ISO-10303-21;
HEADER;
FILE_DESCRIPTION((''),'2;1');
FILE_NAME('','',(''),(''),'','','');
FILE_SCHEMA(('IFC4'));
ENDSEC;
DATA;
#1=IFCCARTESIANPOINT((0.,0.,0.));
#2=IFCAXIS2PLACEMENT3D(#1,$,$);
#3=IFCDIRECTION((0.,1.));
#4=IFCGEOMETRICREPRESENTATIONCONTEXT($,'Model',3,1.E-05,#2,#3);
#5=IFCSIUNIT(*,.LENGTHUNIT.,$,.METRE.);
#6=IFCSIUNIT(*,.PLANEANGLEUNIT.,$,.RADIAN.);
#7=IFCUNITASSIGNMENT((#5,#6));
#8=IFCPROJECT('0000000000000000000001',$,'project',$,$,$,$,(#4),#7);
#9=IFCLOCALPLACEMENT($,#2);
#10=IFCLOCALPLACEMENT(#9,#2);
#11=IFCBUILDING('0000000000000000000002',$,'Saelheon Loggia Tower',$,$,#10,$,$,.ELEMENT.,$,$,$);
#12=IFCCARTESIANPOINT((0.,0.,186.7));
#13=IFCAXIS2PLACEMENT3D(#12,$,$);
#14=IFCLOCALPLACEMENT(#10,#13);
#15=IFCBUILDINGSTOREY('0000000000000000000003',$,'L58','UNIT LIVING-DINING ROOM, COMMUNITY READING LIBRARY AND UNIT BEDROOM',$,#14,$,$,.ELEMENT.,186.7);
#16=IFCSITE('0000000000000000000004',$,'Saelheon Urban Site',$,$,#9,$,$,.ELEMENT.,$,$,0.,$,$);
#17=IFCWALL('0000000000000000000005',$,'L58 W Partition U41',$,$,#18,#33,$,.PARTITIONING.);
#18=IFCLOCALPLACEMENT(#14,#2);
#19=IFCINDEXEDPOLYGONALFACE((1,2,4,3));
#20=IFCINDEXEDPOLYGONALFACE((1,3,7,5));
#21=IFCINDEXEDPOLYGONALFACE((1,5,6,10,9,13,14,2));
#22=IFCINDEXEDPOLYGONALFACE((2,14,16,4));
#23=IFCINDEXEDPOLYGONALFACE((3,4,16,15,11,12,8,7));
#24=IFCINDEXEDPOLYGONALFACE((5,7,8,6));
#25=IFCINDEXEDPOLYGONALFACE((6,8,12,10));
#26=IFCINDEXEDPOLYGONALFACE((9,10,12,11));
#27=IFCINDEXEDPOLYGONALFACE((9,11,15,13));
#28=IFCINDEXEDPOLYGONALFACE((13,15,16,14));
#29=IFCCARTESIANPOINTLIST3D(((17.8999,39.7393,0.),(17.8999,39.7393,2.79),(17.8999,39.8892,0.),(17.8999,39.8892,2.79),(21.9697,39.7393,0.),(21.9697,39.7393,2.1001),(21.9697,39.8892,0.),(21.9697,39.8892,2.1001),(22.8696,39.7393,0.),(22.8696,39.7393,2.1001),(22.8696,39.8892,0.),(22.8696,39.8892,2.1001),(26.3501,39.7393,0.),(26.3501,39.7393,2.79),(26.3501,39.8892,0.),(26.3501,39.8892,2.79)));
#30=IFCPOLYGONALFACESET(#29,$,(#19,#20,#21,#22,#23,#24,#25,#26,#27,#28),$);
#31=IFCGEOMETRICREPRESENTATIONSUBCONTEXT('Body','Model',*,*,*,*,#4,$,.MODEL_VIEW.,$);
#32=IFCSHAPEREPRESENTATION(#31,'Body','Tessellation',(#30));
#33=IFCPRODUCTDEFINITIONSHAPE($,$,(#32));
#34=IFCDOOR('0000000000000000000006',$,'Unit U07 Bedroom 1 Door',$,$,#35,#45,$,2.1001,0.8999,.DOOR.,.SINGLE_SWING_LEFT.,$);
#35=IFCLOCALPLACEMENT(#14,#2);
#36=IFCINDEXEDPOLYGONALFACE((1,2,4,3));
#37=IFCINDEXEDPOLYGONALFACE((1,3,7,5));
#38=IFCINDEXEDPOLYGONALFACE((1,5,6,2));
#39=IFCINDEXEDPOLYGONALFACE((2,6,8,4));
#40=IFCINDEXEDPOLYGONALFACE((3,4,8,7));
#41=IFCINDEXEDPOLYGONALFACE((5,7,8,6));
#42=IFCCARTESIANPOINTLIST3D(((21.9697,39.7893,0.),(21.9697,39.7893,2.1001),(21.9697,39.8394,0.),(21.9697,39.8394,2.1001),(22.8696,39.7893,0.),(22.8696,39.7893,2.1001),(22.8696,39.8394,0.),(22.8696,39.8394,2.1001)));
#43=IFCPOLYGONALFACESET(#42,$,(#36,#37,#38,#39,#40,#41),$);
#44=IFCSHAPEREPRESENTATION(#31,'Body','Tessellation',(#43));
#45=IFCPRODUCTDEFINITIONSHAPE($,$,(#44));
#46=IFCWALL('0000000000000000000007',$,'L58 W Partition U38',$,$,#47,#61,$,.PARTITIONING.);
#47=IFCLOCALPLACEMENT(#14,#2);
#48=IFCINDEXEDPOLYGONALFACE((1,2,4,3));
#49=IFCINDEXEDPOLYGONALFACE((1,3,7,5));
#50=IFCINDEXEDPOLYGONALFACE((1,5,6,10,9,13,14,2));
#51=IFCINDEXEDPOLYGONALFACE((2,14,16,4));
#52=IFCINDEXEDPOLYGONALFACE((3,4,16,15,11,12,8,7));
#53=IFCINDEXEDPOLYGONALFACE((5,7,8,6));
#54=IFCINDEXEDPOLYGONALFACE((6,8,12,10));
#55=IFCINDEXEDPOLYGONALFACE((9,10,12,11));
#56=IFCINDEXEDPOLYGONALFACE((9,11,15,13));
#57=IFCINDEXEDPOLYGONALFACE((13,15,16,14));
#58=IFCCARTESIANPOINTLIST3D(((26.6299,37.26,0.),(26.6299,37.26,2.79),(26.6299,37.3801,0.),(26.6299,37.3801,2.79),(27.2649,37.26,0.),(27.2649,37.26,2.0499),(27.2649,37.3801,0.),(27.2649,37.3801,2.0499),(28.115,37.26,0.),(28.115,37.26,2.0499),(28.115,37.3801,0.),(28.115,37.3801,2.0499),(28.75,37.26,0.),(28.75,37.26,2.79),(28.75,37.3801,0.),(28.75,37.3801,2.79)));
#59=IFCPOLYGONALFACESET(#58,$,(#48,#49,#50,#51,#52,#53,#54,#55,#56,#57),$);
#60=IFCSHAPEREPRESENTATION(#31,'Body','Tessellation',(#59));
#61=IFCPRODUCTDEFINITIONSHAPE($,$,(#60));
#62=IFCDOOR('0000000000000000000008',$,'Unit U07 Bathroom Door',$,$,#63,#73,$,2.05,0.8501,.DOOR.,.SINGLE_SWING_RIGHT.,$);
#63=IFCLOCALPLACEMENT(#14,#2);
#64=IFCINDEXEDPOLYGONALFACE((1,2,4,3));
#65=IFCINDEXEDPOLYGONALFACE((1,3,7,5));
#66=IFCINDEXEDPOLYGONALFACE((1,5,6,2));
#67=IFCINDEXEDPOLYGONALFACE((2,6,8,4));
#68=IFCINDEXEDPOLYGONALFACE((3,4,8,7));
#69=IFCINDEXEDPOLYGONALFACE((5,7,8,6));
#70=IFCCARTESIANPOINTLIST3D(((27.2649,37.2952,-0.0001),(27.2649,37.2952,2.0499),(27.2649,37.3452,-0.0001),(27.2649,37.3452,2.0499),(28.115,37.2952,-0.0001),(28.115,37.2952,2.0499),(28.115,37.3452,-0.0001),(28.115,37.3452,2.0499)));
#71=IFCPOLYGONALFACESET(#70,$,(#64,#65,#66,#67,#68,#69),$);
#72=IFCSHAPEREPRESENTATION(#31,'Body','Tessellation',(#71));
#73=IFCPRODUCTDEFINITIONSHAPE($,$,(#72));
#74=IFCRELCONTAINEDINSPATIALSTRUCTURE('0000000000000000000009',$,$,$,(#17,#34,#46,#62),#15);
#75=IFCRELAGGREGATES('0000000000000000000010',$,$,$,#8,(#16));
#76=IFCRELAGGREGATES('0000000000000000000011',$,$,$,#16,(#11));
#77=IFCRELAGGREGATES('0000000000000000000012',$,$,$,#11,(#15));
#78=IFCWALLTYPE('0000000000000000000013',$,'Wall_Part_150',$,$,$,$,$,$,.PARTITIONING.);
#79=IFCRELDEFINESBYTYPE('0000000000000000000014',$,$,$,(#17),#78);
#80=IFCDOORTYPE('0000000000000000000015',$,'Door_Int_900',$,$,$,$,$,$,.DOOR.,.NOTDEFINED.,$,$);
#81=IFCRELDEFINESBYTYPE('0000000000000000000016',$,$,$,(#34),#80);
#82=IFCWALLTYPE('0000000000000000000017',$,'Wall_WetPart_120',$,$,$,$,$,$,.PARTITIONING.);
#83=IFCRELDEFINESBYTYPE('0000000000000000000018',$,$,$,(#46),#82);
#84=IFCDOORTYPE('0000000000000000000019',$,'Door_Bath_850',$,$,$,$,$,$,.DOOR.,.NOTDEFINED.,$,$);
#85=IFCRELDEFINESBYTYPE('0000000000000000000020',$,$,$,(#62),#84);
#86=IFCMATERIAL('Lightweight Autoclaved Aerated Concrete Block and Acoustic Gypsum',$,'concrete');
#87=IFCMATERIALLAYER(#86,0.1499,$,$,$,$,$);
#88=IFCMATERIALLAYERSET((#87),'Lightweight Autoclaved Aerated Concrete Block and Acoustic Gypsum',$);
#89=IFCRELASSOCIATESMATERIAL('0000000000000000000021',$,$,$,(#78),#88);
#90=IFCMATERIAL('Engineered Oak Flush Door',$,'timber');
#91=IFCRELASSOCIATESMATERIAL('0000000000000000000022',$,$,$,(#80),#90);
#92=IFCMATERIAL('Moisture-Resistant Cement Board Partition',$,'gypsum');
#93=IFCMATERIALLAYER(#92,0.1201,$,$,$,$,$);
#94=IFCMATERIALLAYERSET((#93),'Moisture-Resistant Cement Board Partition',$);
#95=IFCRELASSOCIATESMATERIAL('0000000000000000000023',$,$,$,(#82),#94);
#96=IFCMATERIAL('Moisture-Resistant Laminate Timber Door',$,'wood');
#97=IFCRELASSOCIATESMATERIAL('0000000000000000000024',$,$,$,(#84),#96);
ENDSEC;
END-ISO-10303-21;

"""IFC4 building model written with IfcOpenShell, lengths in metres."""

from ifc_helpers import new_model, si_unit, direction, frame, frame_2d, origin, place, context, subcontext, project, spatial, rectangle, extrude, source, transform, mapped, material, layer, layer_set, type_object, element, fill, save


model = new_model("IFC4")

# Units and contexts
model_context = context("Model", 3, precision=1e-05, world=origin(), true_north=direction((0.0, 1.0)))
body_context = subcontext(model_context, "Body", "Model", "MODEL_VIEW")
ifc_project = project(units=[si_unit("LENGTHUNIT", "METRE"), si_unit("PLANEANGLEUNIT", "RADIAN")], contexts=[model_context])

# Site, building, storey
site_placement = place(None, origin())
site = spatial("IfcSite", under=ifc_project, at=site_placement, Name="Saelheon Urban Site", CompositionType="ELEMENT", RefElevation=0.0)
building_placement = place(site_placement, origin())
building = spatial("IfcBuilding", under=site, at=building_placement, Name="Saelheon Loggia Tower", CompositionType="ELEMENT")
storey_placement = place(building_placement, frame((0.0, 0.0, 186.7)))
storey = spatial("IfcBuildingStorey", under=building, at=storey_placement, Name="L58", Description="UNIT LIVING-DINING ROOM, COMMUNITY READING LIBRARY AND UNIT BEDROOM", CompositionType="ELEMENT", Elevation=186.7)

# Shared definitions
ifc_material_1 = material(Name="Lightweight Autoclaved Aerated Concrete Block and Acoustic Gypsum", Category="concrete")
ifc_layer_1 = layer(ifc_material_1, 0.1499)
ifc_layer_set_1 = layer_set([ifc_layer_1], Name="Lightweight Autoclaved Aerated Concrete Block and Acoustic Gypsum")
wall_type_1 = type_object("IfcWallType", Name="Wall_Part_150", PredefinedType="PARTITIONING", material=ifc_layer_set_1)

# Walls, openings, doors
ifc_material_2 = material(Name="Engineered Oak Flush Door", Category="timber")
door_type_1 = type_object("IfcDoorType", Name="Door_Int_900", OperationType="NOTDEFINED", PredefinedType="DOOR", material=ifc_material_2)
shared_shape_1 = source(origin(), body_context, "Body", "SweptSolid", [
    extrude(rectangle(XDim=0.8999, YDim=2.1001, at=frame_2d((0.45, 1.05))), frame((0.0, 0.0249, 0.0), z_axis=(0.0, -1.0, 0.0), x_axis=(1.0, 0.0, 0.0)), (0.0, 0.0, 1.0), 0.05),
])
wall_1_placement = place(storey_placement, frame((26.3501, 39.8142, 0.0), z_axis=(0.0, 0.0, 1.0), x_axis=(-1.0, 0.0, 0.0)))
wall_1 = element("IfcWall", 1, at=wall_1_placement, inside=storey, type_object=wall_type_1, Name="L58 W Partition U41", PredefinedType="PARTITIONING", context=body_context, shape_type="SweptSolid", body=[
    extrude(rectangle(XDim=8.4502, YDim=0.1499, at=frame_2d((4.2251, 0.0))), origin(), (0.0, 0.0, 1.0), 2.79),
])
opening_1_placement = place(wall_1_placement, frame((3.4805, 0.0, 0.0)))
opening_1 = element("IfcOpeningElement", 2, at=opening_1_placement, cuts=wall_1, PredefinedType="OPENING", context=body_context, shape_type="SweptSolid", body=[
    extrude(rectangle(XDim=0.8999, YDim=2.1001, at=frame_2d((0.45, 1.05))), frame((0.0, 0.0869, 0.0), z_axis=(0.0, -1.0, 0.0), x_axis=(1.0, 0.0, 0.0)), (0.0, 0.0, 1.0), 0.1738),
])
door_1_placement = place(opening_1_placement, origin())
door_1 = element("IfcDoor", 3, at=door_1_placement, inside=storey, type_object=door_type_1, Name="Unit U07 Bedroom 1 Door", OperationType="SINGLE_SWING_LEFT", OverallHeight=2.1001, OverallWidth=0.8999, PredefinedType="DOOR", context=body_context, shape_type="MappedRepresentation", body=[
    mapped(shared_shape_1, transform((0.0, 0.0, 0.0), scale=1.0)),
])
fill(opening_1, door_1)
ifc_material_3 = material(Name="Moisture-Resistant Cement Board Partition", Category="gypsum")
ifc_layer_2 = layer(ifc_material_3, 0.1201)
ifc_layer_set_2 = layer_set([ifc_layer_2], Name="Moisture-Resistant Cement Board Partition")
wall_type_2 = type_object("IfcWallType", Name="Wall_WetPart_120", PredefinedType="PARTITIONING", material=ifc_layer_set_2)
wall_2_placement = place(storey_placement, frame((28.75, 37.3201, 0.0), z_axis=(0.0, 0.0, 1.0), x_axis=(-1.0, 0.0, 0.0)))
wall_2 = element("IfcWall", 4, at=wall_2_placement, inside=storey, type_object=wall_type_2, Name="L58 W Partition U38", PredefinedType="PARTITIONING", context=body_context, shape_type="SweptSolid", body=[
    extrude(rectangle(XDim=2.1201, YDim=0.1201, at=frame_2d((1.0601, 0.0))), origin(), (0.0, 0.0, 1.0), 2.79),
])
opening_2_placement = place(wall_2_placement, frame((0.635, 0.0, 0.0)))
opening_2 = element("IfcOpeningElement", 5, at=opening_2_placement, cuts=wall_2, PredefinedType="OPENING", context=body_context, shape_type="SweptSolid", body=[
    extrude(rectangle(XDim=0.8501, YDim=2.05, at=frame_2d((0.425, 1.0249))), frame((0.0, 0.072, 0.0), z_axis=(0.0, -1.0, 0.0), x_axis=(1.0, 0.0, 0.0)), (0.0, 0.0, 1.0), 0.144),
])
ifc_material_4 = material(Name="Moisture-Resistant Laminate Timber Door", Category="wood")
door_type_2 = type_object("IfcDoorType", Name="Door_Bath_850", OperationType="NOTDEFINED", PredefinedType="DOOR", material=ifc_material_4)
shared_shape_2 = source(origin(), body_context, "Body", "SweptSolid", [
    extrude(rectangle(XDim=0.8501, YDim=2.05, at=frame_2d((0.425, 1.0249))), frame((0.0, 0.0249, 0.0), z_axis=(0.0, -1.0, 0.0), x_axis=(1.0, 0.0, 0.0)), (0.0, 0.0, 1.0), 0.05),
])
door_2_placement = place(opening_2_placement, origin())
door_2 = element("IfcDoor", 6, at=door_2_placement, inside=storey, type_object=door_type_2, Name="Unit U07 Bathroom Door", OperationType="SINGLE_SWING_RIGHT", OverallHeight=2.05, OverallWidth=0.8501, PredefinedType="DOOR", context=body_context, shape_type="MappedRepresentation", body=[
    mapped(shared_shape_2, transform((0.0, 0.0, 0.0), scale=1.0)),
])
fill(opening_2, door_2)

save(model, "model.ifc")
